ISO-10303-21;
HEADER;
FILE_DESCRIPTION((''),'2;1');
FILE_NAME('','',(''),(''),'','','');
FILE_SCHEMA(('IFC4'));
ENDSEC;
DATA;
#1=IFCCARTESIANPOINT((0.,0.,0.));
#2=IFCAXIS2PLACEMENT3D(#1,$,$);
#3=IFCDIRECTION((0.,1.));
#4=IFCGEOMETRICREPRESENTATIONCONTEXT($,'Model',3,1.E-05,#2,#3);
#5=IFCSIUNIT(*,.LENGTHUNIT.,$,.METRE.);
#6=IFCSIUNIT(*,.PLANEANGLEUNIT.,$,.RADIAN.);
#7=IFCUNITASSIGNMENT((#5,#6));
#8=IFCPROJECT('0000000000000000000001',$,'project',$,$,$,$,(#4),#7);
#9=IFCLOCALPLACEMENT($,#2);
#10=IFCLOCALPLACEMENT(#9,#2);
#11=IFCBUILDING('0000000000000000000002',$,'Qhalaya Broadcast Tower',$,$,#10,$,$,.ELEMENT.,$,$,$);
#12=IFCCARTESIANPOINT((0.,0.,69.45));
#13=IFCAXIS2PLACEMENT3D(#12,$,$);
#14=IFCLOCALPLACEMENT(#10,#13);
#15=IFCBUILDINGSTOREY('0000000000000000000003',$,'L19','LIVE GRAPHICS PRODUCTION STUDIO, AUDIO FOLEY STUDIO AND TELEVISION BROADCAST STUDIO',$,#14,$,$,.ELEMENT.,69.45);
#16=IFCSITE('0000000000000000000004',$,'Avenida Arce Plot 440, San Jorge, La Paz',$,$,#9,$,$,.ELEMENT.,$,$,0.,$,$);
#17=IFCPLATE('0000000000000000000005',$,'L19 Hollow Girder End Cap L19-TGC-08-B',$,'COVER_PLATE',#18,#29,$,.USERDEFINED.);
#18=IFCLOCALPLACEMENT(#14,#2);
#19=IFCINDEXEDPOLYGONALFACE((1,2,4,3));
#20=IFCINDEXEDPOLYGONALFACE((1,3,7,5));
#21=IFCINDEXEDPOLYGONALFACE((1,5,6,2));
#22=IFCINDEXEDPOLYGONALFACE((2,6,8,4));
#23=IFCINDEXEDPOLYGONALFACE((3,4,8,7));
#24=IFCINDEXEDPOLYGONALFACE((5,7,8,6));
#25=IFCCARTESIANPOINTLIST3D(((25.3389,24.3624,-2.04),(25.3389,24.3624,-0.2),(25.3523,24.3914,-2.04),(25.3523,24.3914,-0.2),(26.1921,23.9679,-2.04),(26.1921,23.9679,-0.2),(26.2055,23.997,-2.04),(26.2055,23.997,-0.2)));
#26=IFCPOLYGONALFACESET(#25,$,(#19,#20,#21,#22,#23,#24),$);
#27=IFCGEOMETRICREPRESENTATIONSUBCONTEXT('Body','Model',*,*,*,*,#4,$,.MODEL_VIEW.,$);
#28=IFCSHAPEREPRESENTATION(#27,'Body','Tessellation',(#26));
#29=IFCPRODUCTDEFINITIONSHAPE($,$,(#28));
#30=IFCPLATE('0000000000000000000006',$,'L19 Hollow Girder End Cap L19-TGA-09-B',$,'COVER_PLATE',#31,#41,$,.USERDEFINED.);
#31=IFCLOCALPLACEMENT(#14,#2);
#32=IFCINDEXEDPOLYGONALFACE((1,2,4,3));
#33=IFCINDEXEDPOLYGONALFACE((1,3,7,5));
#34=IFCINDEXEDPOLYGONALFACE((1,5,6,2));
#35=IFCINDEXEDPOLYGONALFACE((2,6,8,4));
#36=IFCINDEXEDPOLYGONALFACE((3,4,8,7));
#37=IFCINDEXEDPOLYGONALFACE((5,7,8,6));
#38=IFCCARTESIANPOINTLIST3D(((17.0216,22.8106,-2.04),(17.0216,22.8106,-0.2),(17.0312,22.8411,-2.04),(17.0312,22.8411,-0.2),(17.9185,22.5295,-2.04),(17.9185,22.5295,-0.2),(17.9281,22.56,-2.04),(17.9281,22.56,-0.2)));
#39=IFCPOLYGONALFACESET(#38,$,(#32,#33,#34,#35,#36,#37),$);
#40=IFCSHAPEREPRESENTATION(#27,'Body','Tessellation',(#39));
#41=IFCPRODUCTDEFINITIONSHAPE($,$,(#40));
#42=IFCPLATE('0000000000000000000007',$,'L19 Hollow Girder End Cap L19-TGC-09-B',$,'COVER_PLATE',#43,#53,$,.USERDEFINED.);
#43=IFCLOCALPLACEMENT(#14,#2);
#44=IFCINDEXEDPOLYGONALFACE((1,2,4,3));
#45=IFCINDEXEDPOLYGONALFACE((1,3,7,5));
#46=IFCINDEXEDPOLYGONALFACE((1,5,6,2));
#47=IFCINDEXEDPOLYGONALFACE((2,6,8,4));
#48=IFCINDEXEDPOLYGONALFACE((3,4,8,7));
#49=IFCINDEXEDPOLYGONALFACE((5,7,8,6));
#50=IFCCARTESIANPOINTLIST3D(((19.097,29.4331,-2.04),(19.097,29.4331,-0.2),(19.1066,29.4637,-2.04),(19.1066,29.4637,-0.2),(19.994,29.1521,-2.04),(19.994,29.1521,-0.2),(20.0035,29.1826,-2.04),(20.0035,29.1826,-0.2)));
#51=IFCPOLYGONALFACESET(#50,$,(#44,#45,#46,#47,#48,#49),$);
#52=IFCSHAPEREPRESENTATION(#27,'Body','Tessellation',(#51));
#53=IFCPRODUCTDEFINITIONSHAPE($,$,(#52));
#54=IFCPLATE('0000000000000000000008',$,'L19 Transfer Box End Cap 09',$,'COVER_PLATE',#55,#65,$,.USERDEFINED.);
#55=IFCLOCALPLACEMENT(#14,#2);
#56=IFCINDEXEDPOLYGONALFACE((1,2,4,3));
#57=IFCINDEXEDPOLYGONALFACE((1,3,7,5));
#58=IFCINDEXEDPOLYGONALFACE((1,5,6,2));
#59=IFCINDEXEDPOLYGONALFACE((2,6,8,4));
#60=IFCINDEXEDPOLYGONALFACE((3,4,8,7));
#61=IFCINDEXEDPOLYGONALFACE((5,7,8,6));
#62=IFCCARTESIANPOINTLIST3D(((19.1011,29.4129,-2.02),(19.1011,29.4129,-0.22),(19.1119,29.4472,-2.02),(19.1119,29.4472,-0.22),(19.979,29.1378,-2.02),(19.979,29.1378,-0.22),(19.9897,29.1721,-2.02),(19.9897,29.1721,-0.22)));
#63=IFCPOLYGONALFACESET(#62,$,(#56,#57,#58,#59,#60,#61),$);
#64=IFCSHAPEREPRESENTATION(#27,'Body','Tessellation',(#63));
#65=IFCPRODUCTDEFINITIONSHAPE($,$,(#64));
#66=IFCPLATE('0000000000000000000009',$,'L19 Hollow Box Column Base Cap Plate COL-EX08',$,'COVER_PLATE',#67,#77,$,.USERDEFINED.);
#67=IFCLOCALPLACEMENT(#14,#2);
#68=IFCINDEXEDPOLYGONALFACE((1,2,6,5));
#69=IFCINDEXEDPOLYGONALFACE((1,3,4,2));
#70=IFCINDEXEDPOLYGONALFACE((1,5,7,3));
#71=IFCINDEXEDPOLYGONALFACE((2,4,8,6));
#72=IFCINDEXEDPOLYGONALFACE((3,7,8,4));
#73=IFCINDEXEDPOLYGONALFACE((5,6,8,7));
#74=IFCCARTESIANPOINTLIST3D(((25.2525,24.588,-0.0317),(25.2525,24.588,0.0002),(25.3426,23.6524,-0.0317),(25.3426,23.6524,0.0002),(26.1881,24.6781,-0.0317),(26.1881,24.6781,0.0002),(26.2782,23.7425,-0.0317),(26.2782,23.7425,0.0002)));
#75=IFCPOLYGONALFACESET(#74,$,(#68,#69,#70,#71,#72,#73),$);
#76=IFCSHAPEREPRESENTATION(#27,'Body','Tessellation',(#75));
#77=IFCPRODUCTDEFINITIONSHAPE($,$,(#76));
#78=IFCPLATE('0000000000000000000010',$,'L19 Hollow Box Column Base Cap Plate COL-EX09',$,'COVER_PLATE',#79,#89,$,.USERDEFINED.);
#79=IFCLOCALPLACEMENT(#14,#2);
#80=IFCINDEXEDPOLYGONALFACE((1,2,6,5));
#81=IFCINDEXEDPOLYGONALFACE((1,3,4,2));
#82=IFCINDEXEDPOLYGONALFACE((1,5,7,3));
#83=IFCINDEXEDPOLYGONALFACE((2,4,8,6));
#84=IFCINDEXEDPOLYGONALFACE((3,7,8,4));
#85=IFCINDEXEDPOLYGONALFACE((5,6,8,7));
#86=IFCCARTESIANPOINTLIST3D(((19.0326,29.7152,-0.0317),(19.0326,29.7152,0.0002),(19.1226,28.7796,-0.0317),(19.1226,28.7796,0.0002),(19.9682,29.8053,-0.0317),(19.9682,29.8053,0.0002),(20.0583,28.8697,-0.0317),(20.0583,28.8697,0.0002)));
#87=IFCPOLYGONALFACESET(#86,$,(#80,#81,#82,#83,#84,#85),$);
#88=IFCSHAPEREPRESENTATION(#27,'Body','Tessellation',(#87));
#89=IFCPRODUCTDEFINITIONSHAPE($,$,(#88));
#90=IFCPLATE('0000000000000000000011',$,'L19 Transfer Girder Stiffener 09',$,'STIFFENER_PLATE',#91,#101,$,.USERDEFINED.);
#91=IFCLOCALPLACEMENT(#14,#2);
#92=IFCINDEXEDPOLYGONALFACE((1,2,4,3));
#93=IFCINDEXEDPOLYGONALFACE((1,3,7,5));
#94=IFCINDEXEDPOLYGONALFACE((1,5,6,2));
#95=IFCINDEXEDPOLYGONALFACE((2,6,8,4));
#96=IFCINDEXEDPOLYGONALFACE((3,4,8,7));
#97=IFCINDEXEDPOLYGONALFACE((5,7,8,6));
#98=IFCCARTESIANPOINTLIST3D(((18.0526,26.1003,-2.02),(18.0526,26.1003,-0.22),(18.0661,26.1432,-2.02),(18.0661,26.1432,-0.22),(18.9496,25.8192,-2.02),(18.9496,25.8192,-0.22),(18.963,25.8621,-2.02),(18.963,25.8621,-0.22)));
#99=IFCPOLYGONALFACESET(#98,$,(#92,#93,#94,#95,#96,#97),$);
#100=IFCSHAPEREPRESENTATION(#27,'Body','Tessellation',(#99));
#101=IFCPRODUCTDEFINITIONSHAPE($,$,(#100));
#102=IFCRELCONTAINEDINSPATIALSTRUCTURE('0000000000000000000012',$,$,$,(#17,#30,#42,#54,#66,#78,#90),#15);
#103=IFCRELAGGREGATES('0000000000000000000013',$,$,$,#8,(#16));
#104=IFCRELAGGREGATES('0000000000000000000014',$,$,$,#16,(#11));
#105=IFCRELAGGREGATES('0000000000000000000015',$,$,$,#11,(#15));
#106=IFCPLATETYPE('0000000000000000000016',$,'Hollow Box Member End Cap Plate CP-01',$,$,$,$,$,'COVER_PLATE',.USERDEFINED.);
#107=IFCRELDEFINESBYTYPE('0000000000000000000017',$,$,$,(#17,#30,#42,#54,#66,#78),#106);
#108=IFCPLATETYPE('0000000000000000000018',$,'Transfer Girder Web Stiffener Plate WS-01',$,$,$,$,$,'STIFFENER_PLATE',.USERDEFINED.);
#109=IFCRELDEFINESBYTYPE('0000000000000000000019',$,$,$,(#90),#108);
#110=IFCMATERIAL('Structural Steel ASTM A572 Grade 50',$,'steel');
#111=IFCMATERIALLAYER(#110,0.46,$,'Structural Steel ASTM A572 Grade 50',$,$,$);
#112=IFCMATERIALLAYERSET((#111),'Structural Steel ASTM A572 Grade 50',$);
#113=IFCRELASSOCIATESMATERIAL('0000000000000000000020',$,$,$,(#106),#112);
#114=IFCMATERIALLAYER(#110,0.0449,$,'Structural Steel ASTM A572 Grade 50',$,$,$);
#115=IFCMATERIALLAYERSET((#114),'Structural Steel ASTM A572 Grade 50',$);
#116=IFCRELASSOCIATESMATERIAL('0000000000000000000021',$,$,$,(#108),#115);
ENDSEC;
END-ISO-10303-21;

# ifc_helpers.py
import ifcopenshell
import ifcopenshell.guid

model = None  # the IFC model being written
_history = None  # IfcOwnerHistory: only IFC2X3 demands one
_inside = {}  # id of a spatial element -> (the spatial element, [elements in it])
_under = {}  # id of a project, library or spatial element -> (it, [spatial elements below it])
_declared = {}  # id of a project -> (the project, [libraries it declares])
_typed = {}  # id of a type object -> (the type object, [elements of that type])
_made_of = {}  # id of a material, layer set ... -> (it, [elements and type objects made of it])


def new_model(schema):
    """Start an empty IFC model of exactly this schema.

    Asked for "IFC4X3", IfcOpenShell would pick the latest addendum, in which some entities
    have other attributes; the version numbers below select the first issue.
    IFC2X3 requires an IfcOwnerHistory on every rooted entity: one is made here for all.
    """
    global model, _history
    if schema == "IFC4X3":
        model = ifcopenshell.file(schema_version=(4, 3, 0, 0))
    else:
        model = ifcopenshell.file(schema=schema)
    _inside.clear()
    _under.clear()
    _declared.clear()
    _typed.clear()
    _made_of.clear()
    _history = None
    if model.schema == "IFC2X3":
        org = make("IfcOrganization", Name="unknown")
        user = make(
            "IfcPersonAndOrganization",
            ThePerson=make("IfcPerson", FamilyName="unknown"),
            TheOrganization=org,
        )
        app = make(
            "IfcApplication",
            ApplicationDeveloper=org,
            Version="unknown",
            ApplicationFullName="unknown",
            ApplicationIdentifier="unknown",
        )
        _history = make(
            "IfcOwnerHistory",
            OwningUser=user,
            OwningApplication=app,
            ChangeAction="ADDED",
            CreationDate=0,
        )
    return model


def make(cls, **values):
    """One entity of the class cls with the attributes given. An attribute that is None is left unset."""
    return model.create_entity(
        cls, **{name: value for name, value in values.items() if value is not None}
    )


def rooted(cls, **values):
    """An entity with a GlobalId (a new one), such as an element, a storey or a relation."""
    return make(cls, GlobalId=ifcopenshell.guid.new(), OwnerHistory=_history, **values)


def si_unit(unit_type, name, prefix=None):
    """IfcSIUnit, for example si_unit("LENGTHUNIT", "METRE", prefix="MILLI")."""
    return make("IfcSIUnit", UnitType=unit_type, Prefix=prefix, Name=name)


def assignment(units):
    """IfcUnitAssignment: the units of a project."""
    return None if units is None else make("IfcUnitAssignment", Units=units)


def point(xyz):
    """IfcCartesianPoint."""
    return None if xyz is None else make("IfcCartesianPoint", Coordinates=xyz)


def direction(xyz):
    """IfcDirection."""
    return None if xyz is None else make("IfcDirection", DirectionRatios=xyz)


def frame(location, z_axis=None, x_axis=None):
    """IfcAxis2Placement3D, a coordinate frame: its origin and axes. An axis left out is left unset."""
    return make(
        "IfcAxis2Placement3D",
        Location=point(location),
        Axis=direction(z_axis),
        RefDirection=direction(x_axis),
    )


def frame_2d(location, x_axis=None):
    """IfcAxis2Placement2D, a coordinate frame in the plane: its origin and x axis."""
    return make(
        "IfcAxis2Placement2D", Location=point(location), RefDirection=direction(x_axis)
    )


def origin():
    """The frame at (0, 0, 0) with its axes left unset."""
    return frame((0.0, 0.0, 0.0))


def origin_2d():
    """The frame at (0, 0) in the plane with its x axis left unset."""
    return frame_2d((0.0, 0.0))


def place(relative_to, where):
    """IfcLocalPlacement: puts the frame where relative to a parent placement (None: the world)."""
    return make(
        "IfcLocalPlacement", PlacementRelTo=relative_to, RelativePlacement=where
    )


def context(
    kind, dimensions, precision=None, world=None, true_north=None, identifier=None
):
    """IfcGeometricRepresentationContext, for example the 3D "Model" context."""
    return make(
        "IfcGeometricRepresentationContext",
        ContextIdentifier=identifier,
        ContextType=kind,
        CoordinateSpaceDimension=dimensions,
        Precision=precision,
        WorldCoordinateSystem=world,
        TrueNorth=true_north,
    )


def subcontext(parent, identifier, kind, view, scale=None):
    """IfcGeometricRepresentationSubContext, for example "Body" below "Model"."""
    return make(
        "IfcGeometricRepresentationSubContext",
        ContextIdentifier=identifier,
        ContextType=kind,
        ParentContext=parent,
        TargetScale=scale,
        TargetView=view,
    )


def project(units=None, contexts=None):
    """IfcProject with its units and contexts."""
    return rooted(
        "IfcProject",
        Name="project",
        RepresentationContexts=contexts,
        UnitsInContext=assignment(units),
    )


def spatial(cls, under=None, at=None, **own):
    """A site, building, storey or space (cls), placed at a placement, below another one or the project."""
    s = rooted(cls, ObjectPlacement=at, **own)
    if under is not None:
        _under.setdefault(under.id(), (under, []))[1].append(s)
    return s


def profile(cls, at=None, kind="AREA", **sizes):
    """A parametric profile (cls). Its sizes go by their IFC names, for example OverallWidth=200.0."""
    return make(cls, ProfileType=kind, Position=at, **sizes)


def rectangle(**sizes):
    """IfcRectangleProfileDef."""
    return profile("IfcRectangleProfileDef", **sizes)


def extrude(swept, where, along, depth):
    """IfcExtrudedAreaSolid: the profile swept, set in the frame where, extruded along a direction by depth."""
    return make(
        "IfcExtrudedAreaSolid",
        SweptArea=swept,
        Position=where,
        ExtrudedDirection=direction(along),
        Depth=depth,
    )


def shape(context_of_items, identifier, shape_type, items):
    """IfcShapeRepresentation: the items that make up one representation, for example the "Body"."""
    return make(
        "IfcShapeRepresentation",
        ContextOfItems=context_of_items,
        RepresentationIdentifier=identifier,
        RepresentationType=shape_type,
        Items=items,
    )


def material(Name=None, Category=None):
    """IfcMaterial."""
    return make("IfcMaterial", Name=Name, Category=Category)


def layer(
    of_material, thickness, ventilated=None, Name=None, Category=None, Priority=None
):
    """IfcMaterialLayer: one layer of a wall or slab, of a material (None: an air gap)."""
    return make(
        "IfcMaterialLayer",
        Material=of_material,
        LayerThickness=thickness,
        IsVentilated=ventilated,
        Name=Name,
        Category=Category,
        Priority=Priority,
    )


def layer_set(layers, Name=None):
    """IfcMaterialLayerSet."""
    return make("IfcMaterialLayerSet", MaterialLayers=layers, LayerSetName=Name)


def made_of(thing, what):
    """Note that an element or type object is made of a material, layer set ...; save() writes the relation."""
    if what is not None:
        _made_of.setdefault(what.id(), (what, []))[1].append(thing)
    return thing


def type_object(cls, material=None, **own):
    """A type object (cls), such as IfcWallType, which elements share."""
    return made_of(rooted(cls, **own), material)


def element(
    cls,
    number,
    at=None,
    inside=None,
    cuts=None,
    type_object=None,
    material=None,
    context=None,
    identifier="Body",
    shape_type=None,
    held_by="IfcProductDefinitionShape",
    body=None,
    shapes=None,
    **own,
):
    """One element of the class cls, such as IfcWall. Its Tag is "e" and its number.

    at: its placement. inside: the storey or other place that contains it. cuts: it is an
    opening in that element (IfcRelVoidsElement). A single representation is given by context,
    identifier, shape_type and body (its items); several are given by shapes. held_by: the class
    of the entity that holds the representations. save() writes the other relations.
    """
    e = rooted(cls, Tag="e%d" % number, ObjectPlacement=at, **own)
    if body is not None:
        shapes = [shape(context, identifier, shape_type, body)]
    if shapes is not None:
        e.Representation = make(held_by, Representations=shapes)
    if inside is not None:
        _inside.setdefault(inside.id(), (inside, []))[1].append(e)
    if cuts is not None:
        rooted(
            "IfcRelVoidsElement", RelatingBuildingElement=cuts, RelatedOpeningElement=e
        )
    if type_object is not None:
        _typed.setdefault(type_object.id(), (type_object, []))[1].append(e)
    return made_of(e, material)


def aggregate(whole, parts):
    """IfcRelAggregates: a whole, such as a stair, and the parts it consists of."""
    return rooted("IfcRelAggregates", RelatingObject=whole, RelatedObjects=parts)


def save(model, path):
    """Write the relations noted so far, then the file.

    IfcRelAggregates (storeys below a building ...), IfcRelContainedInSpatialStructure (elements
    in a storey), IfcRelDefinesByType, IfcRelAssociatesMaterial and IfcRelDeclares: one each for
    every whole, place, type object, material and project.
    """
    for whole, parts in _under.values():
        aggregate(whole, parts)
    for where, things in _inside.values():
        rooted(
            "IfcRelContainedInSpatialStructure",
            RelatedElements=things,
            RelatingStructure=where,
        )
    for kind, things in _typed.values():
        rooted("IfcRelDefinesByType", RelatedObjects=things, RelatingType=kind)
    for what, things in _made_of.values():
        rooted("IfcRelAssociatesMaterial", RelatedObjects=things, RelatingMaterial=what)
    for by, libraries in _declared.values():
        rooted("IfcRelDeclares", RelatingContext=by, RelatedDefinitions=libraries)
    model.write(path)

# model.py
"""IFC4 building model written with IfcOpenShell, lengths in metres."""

from ifc_helpers import new_model, si_unit, direction, frame, origin, origin_2d, place, context, subcontext, project, spatial, rectangle, extrude, material, layer, layer_set, type_object, element, save


model = new_model("IFC4")

# Units and contexts
model_context = context("Model", 3, precision=1e-05, world=origin(), true_north=direction((0.0, 1.0)))
body_context = subcontext(model_context, "Body", "Model", "MODEL_VIEW")
ifc_project = project(units=[si_unit("LENGTHUNIT", "METRE"), si_unit("PLANEANGLEUNIT", "RADIAN")], contexts=[model_context])

# Site, building, storey
site_placement = place(None, origin())
site = spatial("IfcSite", under=ifc_project, at=site_placement, Name="Avenida Arce Plot 440, San Jorge, La Paz", CompositionType="ELEMENT", RefElevation=0.0)
building_placement = place(site_placement, origin())
building = spatial("IfcBuilding", under=site, at=building_placement, Name="Qhalaya Broadcast Tower", CompositionType="ELEMENT")
storey_placement = place(building_placement, frame((0.0, 0.0, 69.45)))
storey = spatial("IfcBuildingStorey", under=building, at=storey_placement, Name="L19", Description="LIVE GRAPHICS PRODUCTION STUDIO, AUDIO FOLEY STUDIO AND TELEVISION BROADCAST STUDIO", CompositionType="ELEMENT", Elevation=69.45)

# Shared definitions
ifc_material_1 = material(Name="Structural Steel ASTM A572 Grade 50", Category="steel")

# Plates
ifc_layer_1 = layer(ifc_material_1, 0.46, Name="Structural Steel ASTM A572 Grade 50")
ifc_layer_set_1 = layer_set([ifc_layer_1], Name="Structural Steel ASTM A572 Grade 50")
plate_type_1 = type_object("IfcPlateType", Name="Hollow Box Member End Cap Plate CP-01", ElementType="COVER_PLATE", PredefinedType="USERDEFINED", material=ifc_layer_set_1)
for number, where, z_axis, x_axis, name in (
    (1, (25.7722, 24.1797, -2.04), (0.0, 0.0, 1.0), (-0.907682, 0.419658, 0.0), "L19 Hollow Girder End Cap L19-TGC-08-B"),
    (2, (17.4749, 22.6853, -2.04), (0.0, 0.0, 1.0), (-0.95424, 0.299041, 0.0), "L19 Hollow Girder End Cap L19-TGA-09-B"),
    (3, (19.5503, 29.3079, -2.04), (0.0, 0.0, 1.0), (-0.95424, 0.299041, 0.0), "L19 Hollow Girder End Cap L19-TGC-09-B"),
):
    element("IfcPlate", number, at=place(storey_placement, frame(where, z_axis=z_axis, x_axis=x_axis)), inside=storey, type_object=plate_type_1, Name=name, ObjectType="COVER_PLATE", PredefinedType="USERDEFINED", context=body_context, shape_type="SweptSolid", body=[
        extrude(rectangle(XDim=0.9399, YDim=0.032, at=origin_2d()), origin(), (0.0, 0.0, 1.0), 1.8401),
    ])
plate_1_placement = place(storey_placement, frame((19.5454, 29.2925, -2.02), z_axis=(0.0, 0.0, 1.0), x_axis=(-0.95424, 0.299041, 0.0)))
element("IfcPlate", 4, at=plate_1_placement, inside=storey, type_object=plate_type_1, Name="L19 Transfer Box End Cap 09", ObjectType="COVER_PLATE", PredefinedType="USERDEFINED", context=body_context, shape_type="SweptSolid", body=[
    extrude(rectangle(XDim=0.9199, YDim=0.0359, at=origin_2d()), origin(), (0.0, 0.0, 1.0), 1.8),
])
for number, where, z_axis, x_axis, name in (
    (5, (25.7654, 24.1653, -0.0317), (0.0, 0.0, 1.0), (-0.095846, 0.995396, 0.0), "L19 Hollow Box Column Base Cap Plate COL-EX08"),
    (6, (19.5454, 29.2925, -0.0317), (0.0, 0.0, 1.0), (0.995396, 0.095846, 0.0), "L19 Hollow Box Column Base Cap Plate COL-EX09"),
):
    element("IfcPlate", number, at=place(storey_placement, frame(where, z_axis=z_axis, x_axis=x_axis)), inside=storey, type_object=plate_type_1, Name=name, ObjectType="COVER_PLATE", PredefinedType="USERDEFINED", context=body_context, shape_type="SweptSolid", body=[
        extrude(rectangle(XDim=0.9399, YDim=0.9399, at=origin_2d()), origin(), (0.0, 0.0, 1.0), 0.032),
    ])
ifc_layer_2 = layer(ifc_material_1, 0.0449, Name="Structural Steel ASTM A572 Grade 50")
ifc_layer_set_2 = layer_set([ifc_layer_2], Name="Structural Steel ASTM A572 Grade 50")
plate_type_2 = type_object("IfcPlateType", Name="Transfer Girder Web Stiffener Plate WS-01", ElementType="STIFFENER_PLATE", PredefinedType="USERDEFINED", material=ifc_layer_set_2)
plate_2_placement = place(storey_placement, frame((18.5078, 25.9812, -2.02), z_axis=(0.0, 0.0, 1.0), x_axis=(-0.95424, 0.299041, 0.0)))
element("IfcPlate", 7, at=plate_2_placement, inside=storey, type_object=plate_type_2, Name="L19 Transfer Girder Stiffener 09", ObjectType="STIFFENER_PLATE", PredefinedType="USERDEFINED", context=body_context, shape_type="SweptSolid", body=[
    extrude(rectangle(XDim=0.9399, YDim=0.0449, at=origin_2d()), origin(), (0.0, 0.0, 1.0), 1.8),
])

save(model, "model.ifc")
